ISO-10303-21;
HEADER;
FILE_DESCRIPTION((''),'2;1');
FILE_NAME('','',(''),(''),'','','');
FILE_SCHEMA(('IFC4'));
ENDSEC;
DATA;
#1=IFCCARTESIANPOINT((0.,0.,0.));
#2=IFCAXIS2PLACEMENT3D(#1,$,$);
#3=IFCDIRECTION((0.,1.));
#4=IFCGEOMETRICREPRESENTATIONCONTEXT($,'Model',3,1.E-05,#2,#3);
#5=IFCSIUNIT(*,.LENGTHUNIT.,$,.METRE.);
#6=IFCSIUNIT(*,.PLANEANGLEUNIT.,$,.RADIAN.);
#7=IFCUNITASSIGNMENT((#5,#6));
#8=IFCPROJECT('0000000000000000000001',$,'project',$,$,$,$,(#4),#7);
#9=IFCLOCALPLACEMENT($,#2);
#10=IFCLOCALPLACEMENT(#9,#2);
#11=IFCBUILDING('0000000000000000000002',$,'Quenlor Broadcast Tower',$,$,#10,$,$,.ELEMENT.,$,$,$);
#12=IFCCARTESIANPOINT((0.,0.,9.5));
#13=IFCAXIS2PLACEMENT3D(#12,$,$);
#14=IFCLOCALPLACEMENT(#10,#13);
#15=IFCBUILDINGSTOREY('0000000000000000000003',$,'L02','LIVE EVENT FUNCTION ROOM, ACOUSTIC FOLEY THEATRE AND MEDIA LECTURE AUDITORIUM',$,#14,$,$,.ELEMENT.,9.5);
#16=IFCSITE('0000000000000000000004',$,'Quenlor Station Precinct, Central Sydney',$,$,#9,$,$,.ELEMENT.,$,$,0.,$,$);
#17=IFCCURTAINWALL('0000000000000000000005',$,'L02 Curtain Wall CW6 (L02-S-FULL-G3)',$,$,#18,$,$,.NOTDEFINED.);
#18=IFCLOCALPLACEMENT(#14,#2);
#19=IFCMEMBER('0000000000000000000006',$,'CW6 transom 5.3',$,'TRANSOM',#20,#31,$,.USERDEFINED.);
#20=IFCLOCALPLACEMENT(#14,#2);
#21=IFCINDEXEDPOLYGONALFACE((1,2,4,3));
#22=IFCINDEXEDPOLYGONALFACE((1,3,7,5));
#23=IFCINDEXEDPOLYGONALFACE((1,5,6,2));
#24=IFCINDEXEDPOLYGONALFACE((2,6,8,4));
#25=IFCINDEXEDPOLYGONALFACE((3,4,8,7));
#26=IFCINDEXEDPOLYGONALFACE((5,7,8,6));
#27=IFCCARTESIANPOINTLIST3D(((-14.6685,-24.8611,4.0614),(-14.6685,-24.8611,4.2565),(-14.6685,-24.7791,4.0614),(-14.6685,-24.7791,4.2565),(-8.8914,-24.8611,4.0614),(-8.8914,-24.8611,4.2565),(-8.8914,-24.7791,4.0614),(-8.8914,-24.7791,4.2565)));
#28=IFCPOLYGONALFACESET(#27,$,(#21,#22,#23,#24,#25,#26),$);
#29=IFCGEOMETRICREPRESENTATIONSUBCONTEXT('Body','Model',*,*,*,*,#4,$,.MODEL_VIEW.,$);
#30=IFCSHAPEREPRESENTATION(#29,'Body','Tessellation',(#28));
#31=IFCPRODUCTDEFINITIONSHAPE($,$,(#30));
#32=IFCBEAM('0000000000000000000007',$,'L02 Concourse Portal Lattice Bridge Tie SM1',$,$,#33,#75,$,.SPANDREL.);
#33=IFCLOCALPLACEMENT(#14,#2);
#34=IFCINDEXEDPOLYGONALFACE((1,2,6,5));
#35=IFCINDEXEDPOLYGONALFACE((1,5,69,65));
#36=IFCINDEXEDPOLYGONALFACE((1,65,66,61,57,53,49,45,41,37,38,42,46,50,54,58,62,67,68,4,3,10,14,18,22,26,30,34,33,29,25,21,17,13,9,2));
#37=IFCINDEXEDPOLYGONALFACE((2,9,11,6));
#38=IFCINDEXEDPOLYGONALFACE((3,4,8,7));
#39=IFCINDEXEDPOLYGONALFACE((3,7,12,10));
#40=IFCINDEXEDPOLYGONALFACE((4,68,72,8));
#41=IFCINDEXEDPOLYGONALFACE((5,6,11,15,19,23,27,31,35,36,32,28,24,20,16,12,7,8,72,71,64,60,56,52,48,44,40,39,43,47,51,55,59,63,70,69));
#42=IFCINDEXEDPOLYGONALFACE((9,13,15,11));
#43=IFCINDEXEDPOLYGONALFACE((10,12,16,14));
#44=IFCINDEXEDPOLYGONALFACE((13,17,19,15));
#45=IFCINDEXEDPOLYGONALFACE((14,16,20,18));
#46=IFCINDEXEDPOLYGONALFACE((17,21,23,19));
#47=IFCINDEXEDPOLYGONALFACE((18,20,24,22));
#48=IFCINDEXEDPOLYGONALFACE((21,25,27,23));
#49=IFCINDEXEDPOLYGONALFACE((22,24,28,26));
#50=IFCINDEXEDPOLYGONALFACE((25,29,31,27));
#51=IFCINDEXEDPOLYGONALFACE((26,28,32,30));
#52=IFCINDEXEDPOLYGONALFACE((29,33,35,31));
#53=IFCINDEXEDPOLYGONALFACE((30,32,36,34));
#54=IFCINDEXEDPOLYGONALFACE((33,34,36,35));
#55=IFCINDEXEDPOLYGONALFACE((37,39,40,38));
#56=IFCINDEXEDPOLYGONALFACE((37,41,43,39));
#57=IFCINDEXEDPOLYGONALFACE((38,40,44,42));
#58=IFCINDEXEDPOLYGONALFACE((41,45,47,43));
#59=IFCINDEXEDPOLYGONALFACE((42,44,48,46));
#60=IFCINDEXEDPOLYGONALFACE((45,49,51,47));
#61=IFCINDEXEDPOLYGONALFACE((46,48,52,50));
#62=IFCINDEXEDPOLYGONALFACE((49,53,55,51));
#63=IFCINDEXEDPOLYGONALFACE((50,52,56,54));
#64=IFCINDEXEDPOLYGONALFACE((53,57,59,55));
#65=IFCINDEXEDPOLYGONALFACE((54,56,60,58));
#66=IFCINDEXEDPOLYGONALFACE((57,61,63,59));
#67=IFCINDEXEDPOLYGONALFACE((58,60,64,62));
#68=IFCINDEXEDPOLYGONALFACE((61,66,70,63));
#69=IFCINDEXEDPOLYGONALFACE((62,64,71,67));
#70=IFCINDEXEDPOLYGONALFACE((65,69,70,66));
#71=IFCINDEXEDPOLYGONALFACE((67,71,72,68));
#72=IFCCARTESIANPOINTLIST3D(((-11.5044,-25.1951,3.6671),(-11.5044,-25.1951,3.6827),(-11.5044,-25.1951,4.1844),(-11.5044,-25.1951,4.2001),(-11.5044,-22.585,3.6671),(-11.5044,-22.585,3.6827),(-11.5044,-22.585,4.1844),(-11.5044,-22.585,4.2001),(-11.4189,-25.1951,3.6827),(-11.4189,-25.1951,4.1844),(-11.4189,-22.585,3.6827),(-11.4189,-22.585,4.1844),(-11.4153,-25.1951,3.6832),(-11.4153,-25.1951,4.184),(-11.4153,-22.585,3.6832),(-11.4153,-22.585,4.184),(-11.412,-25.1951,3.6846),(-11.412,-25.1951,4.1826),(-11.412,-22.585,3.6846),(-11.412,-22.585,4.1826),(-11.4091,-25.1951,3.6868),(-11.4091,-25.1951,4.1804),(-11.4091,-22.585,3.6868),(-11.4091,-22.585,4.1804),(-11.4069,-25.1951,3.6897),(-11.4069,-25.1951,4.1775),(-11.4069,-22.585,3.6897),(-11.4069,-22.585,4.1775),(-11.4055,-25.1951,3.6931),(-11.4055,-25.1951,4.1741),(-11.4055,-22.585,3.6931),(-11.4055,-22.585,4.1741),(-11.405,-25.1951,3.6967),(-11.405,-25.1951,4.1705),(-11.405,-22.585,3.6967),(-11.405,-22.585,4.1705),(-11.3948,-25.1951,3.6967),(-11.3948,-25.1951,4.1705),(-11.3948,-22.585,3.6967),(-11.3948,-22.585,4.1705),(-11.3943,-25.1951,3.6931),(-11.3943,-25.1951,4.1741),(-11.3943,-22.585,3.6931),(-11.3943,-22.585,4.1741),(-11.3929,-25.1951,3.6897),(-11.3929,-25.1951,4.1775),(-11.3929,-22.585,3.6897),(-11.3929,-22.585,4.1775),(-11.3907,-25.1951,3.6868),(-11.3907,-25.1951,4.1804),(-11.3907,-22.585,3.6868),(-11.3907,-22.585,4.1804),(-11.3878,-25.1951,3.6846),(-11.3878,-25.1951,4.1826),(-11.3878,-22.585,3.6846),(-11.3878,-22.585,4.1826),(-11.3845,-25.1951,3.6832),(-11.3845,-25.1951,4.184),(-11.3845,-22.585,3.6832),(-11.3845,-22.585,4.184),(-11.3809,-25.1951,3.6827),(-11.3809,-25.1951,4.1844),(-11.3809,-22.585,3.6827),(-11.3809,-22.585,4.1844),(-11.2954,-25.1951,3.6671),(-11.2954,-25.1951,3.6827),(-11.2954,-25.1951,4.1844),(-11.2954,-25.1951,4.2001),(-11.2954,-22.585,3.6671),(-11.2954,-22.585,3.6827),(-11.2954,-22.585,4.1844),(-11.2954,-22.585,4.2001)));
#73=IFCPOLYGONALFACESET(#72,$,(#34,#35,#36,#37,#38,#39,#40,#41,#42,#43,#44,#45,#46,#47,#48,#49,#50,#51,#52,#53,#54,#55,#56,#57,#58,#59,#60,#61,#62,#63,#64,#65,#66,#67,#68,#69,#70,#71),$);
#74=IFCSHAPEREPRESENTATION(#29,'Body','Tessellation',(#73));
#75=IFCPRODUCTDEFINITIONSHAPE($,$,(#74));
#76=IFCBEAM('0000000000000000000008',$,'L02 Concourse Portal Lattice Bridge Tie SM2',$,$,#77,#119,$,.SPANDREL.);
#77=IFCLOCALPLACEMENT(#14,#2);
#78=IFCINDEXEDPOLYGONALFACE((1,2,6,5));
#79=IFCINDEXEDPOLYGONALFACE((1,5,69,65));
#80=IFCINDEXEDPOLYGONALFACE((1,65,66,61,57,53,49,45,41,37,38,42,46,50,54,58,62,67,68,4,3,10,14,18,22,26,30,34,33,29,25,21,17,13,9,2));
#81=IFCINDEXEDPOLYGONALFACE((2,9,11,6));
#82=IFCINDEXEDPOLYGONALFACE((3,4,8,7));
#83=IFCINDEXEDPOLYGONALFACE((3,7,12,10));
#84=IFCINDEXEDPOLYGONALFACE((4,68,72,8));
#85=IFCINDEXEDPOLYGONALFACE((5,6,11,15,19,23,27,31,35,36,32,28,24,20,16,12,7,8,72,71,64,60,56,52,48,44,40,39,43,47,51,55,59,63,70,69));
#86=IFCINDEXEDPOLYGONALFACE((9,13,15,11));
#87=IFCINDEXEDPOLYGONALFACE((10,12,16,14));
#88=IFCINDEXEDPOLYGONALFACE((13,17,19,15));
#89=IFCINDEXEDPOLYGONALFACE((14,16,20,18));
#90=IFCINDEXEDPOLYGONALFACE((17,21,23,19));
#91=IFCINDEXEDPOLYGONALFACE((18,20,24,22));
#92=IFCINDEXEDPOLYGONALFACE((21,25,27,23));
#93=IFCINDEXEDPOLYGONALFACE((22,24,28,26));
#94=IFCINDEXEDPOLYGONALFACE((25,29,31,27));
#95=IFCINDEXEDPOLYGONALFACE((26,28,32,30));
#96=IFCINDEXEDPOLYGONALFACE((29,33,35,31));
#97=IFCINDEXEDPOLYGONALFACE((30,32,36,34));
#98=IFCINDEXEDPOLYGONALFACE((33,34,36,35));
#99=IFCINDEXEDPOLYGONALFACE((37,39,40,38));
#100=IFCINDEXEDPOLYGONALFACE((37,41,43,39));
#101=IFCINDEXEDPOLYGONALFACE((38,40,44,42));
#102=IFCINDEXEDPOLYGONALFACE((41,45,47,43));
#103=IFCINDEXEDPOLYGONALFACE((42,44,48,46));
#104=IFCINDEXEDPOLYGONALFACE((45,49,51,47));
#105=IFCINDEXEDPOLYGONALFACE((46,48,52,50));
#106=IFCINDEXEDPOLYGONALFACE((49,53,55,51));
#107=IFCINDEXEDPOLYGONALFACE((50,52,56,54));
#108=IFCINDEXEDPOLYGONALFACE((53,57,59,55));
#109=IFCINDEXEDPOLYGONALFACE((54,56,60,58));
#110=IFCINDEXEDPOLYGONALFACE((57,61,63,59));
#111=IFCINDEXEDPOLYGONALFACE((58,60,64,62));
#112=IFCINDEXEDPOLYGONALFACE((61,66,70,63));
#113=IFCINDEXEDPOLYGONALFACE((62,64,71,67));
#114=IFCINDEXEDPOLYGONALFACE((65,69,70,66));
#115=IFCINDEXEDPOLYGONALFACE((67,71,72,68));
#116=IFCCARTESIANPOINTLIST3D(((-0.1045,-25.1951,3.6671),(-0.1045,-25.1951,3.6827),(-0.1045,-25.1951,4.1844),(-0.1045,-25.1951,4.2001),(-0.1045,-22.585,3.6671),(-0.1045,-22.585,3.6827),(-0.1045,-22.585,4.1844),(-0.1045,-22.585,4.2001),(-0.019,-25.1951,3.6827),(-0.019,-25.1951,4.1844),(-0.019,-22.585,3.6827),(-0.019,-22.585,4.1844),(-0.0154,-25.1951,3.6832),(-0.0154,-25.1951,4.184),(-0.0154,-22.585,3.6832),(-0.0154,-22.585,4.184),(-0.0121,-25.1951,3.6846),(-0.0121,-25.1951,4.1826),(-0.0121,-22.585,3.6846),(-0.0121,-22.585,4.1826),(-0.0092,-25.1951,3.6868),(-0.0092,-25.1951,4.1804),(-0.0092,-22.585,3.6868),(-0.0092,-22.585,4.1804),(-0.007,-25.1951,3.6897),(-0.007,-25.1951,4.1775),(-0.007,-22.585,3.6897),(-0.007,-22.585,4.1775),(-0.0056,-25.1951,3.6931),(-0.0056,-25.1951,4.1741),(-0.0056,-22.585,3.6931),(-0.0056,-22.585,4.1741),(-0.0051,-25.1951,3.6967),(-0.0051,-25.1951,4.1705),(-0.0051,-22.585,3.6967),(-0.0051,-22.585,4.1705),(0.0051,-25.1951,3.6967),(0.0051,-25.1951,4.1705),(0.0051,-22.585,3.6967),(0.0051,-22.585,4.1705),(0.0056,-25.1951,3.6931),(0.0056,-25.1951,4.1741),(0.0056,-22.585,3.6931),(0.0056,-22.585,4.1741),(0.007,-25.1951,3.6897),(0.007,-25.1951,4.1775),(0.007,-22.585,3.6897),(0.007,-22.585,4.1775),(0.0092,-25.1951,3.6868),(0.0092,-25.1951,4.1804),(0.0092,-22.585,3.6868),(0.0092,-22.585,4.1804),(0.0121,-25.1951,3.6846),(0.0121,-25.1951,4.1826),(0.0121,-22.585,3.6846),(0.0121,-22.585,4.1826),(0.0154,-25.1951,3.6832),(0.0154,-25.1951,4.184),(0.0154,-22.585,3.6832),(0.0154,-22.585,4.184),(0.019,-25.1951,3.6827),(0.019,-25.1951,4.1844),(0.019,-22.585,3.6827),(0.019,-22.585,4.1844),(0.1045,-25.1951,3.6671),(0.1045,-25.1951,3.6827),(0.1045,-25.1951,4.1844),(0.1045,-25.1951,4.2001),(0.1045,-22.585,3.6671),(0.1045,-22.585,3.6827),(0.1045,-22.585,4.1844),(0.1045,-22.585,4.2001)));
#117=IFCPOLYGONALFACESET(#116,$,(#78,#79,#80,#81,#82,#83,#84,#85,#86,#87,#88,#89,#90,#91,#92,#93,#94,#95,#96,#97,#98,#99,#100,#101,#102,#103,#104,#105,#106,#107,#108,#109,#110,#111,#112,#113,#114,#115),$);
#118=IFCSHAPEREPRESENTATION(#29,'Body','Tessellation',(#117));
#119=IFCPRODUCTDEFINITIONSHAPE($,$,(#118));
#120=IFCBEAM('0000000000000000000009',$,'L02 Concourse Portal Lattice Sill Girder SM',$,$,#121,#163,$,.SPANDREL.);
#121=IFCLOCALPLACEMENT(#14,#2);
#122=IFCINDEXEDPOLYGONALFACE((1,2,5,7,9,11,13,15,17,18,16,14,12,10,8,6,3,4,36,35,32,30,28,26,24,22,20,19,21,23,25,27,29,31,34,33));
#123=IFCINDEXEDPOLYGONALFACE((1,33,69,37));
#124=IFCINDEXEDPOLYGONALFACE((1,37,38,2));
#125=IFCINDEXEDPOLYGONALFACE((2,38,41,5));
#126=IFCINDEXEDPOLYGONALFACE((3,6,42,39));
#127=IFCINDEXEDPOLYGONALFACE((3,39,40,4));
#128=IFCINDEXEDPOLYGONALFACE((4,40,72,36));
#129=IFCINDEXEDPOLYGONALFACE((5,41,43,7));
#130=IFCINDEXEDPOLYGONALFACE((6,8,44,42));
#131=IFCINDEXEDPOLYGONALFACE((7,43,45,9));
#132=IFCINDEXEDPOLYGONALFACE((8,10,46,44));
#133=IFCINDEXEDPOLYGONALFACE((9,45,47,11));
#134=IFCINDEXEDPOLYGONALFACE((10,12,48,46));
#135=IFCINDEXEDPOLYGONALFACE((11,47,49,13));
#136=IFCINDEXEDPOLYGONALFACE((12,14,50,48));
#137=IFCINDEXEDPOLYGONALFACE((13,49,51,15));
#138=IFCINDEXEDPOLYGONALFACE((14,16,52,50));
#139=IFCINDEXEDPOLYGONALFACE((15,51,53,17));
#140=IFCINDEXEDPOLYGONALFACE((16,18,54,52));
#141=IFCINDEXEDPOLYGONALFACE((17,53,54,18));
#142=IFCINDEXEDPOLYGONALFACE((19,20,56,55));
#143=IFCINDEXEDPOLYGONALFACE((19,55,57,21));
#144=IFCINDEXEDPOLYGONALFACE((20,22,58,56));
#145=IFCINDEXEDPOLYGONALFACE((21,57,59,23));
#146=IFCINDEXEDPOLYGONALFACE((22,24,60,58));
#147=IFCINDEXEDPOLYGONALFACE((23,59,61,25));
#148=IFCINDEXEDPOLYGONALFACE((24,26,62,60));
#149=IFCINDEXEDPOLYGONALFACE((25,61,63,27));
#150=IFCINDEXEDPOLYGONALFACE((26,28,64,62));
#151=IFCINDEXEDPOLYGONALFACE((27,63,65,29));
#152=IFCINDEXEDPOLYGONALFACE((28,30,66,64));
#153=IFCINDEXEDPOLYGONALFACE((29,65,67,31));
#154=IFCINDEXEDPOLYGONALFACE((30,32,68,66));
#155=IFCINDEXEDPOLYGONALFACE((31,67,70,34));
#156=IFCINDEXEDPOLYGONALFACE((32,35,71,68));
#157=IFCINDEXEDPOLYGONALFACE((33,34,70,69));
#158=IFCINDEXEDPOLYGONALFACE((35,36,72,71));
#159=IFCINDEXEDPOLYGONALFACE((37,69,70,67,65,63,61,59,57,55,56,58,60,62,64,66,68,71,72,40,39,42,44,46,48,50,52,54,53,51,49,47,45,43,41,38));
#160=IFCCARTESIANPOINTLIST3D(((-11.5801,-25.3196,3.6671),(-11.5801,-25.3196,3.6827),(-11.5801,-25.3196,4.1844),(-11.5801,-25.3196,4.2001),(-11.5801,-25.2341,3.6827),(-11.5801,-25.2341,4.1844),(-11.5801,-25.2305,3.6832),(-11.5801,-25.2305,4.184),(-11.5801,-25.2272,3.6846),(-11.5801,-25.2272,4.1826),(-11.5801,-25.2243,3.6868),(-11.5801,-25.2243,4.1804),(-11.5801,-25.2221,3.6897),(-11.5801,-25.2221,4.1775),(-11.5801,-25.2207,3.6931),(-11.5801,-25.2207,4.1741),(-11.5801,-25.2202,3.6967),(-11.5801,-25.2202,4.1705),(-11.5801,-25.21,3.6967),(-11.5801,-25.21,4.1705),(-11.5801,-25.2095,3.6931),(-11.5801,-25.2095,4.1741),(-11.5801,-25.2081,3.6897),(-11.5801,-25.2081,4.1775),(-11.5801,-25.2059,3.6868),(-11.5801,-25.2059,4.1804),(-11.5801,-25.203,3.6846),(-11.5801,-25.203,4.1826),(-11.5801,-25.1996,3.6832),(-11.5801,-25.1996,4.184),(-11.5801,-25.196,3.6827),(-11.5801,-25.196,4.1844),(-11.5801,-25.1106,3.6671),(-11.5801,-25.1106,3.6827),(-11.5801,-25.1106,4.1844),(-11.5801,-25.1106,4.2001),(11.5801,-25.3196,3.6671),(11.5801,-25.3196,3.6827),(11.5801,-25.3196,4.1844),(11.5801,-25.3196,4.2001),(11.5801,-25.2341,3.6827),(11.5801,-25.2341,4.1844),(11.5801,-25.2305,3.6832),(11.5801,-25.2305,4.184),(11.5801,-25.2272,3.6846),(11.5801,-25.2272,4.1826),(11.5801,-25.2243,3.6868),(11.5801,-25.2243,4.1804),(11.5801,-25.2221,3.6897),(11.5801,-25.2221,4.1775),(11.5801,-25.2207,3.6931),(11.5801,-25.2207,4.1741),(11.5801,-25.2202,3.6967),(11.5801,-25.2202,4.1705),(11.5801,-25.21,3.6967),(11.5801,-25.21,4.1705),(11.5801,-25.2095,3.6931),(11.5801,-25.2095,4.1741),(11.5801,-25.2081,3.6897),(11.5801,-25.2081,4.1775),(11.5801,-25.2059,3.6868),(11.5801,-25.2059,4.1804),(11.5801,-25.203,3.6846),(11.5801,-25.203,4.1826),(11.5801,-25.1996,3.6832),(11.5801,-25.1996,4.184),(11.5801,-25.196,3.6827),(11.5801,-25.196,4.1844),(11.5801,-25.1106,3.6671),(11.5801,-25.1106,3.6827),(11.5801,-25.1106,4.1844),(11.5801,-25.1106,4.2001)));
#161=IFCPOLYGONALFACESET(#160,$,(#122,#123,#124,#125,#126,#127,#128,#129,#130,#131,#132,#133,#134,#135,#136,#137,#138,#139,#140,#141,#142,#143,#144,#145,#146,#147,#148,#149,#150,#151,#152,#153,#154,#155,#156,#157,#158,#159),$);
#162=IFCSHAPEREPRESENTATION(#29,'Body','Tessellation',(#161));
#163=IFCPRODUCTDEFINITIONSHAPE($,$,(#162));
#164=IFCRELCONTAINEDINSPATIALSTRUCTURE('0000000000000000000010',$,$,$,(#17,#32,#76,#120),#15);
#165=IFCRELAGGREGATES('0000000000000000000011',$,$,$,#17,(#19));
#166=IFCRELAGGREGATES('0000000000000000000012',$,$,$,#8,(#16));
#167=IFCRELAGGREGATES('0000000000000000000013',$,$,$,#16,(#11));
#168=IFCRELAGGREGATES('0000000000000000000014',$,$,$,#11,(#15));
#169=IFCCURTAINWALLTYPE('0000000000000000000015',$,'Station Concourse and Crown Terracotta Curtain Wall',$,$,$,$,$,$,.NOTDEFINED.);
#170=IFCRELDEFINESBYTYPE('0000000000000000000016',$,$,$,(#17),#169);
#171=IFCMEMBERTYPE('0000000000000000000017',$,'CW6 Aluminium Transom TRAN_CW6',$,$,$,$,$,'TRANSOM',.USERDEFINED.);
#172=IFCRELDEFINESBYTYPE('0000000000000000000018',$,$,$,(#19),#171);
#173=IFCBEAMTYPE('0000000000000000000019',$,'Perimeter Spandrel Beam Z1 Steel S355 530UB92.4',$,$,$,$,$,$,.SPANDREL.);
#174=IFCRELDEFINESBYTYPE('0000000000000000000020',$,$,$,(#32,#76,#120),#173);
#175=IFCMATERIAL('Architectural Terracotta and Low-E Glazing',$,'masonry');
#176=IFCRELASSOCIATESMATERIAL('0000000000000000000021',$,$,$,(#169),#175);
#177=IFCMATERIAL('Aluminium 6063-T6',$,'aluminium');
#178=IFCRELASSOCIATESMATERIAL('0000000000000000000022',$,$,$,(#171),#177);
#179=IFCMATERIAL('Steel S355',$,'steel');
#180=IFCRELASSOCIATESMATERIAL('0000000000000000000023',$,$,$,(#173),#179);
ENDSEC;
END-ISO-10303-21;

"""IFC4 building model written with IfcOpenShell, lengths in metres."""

from ifc_helpers import new_model, si_unit, direction, frame, origin, origin_2d, place, context, subcontext, project, spatial, rectangle, i_section, extrude, material, material_profile, profile_set, type_object, element, aggregate, save


model = new_model("IFC4")

# Units and contexts
model_context = context("Model", 3, precision=1e-05, world=origin(), true_north=direction((0.0, 1.0)))
body_context = subcontext(model_context, "Body", "Model", "MODEL_VIEW")
ifc_project = project(units=[si_unit("LENGTHUNIT", "METRE"), si_unit("PLANEANGLEUNIT", "RADIAN")], contexts=[model_context])

# Site, building, storey
site_placement = place(None, origin())
site = spatial("IfcSite", under=ifc_project, at=site_placement, Name="Quenlor Station Precinct, Central Sydney", CompositionType="ELEMENT", RefElevation=0.0)
building_placement = place(site_placement, origin())
building = spatial("IfcBuilding", under=site, at=building_placement, Name="Quenlor Broadcast Tower", CompositionType="ELEMENT")
storey_placement = place(building_placement, frame((0.0, 0.0, 9.5)))
storey = spatial("IfcBuildingStorey", under=building, at=storey_placement, Name="L02", Description="LIVE EVENT FUNCTION ROOM, ACOUSTIC FOLEY THEATRE AND MEDIA LECTURE AUDITORIUM", CompositionType="ELEMENT", Elevation=9.5)

# Curtain wall, member
ifc_material_1 = material(Name="Architectural Terracotta and Low-E Glazing", Category="masonry")
curtain_wall_type = type_object("IfcCurtainWallType", Name="Station Concourse and Crown Terracotta Curtain Wall", PredefinedType="NOTDEFINED", material=ifc_material_1)
curtain_wall_placement = place(storey_placement, origin())
curtain_wall = element("IfcCurtainWall", 1, at=curtain_wall_placement, inside=storey, type_object=curtain_wall_type, Name="L02 Curtain Wall CW6 (L02-S-FULL-G3)", PredefinedType="NOTDEFINED")
ifc_material_2 = material(Name="Aluminium 6063-T6", Category="aluminium")
ifc_material_profile_1 = material_profile(ifc_material_2, rectangle(XDim=0.082, YDim=0.1951, at=origin_2d()))
ifc_profile_set_1 = profile_set([ifc_material_profile_1], Name="Aluminium 6063-T6 TRAN82x195")
member_type_1 = type_object("IfcMemberType", Name="CW6 Aluminium Transom TRAN_CW6", ElementType="TRANSOM", PredefinedType="USERDEFINED", material=ifc_profile_set_1)
member_1_placement = place(storey_placement, frame((-8.8914, -24.8201, 4.1589), z_axis=(-1.0, 0.0, 0.0), x_axis=(0.0, -1.0, 0.0)))
member_1 = element("IfcMember", 2, at=member_1_placement, type_object=member_type_1, Name="CW6 transom 5.3", ObjectType="TRANSOM", PredefinedType="USERDEFINED", context=body_context, shape_type="SweptSolid", body=[
    extrude(rectangle(XDim=0.082, YDim=0.1951, at=origin_2d()), origin(), (0.0, 0.0, 1.0), 5.7771),
])

# Beams
ifc_material_3 = material(Name="Steel S355", Category="steel")
ifc_material_profile_2 = material_profile(ifc_material_3, i_section(OverallWidth=0.209, OverallDepth=0.533, WebThickness=0.0103, FlangeThickness=0.0156, FilletRadius=0.0139, at=origin_2d()))
ifc_profile_set_2 = profile_set([ifc_material_profile_2], Name="Steel S355 530UB92.4")
beam_type_1 = type_object("IfcBeamType", Name="Perimeter Spandrel Beam Z1 Steel S355 530UB92.4", PredefinedType="SPANDREL", material=ifc_profile_set_2)
for number, where, z_axis, x_axis, name in (
    (3, (-11.3999, -22.585, 3.9336), (0.0, -1.0, 0.0), (1.0, 0.0, 0.0), "L02 Concourse Portal Lattice Bridge Tie SM1"),
    (4, (0.0, -22.585, 3.9336), (0.0, -1.0, 0.0), (1.0, 0.0, 0.0), "L02 Concourse Portal Lattice Bridge Tie SM2"),
):
    element("IfcBeam", number, at=place(storey_placement, frame(where, z_axis=z_axis, x_axis=x_axis)), inside=storey, type_object=beam_type_1, Name=name, PredefinedType="SPANDREL", context=body_context, shape_type="SweptSolid", body=[
        extrude(i_section(OverallWidth=0.209, OverallDepth=0.533, WebThickness=0.0103, FlangeThickness=0.0156, FilletRadius=0.0139, at=origin_2d()), origin(), (0.0, 0.0, 1.0), 2.6101),
    ])
beam_1_placement = place(storey_placement, frame((-11.5801, -25.2151, 3.9336), z_axis=(1.0, 0.0, 0.0), x_axis=(0.0, 1.0, 0.0)))
element("IfcBeam", 5, at=beam_1_placement, inside=storey, type_object=beam_type_1, Name="L02 Concourse Portal Lattice Sill Girder SM", PredefinedType="SPANDREL", context=body_context, shape_type="SweptSolid", body=[
    extrude(i_section(OverallWidth=0.209, OverallDepth=0.533, WebThickness=0.0103, FlangeThickness=0.0156, FilletRadius=0.0139, at=origin_2d()), origin(), (0.0, 0.0, 1.0), 23.1602),
])

aggregate(curtain_wall, [member_1])

save(model, "model.ifc")
